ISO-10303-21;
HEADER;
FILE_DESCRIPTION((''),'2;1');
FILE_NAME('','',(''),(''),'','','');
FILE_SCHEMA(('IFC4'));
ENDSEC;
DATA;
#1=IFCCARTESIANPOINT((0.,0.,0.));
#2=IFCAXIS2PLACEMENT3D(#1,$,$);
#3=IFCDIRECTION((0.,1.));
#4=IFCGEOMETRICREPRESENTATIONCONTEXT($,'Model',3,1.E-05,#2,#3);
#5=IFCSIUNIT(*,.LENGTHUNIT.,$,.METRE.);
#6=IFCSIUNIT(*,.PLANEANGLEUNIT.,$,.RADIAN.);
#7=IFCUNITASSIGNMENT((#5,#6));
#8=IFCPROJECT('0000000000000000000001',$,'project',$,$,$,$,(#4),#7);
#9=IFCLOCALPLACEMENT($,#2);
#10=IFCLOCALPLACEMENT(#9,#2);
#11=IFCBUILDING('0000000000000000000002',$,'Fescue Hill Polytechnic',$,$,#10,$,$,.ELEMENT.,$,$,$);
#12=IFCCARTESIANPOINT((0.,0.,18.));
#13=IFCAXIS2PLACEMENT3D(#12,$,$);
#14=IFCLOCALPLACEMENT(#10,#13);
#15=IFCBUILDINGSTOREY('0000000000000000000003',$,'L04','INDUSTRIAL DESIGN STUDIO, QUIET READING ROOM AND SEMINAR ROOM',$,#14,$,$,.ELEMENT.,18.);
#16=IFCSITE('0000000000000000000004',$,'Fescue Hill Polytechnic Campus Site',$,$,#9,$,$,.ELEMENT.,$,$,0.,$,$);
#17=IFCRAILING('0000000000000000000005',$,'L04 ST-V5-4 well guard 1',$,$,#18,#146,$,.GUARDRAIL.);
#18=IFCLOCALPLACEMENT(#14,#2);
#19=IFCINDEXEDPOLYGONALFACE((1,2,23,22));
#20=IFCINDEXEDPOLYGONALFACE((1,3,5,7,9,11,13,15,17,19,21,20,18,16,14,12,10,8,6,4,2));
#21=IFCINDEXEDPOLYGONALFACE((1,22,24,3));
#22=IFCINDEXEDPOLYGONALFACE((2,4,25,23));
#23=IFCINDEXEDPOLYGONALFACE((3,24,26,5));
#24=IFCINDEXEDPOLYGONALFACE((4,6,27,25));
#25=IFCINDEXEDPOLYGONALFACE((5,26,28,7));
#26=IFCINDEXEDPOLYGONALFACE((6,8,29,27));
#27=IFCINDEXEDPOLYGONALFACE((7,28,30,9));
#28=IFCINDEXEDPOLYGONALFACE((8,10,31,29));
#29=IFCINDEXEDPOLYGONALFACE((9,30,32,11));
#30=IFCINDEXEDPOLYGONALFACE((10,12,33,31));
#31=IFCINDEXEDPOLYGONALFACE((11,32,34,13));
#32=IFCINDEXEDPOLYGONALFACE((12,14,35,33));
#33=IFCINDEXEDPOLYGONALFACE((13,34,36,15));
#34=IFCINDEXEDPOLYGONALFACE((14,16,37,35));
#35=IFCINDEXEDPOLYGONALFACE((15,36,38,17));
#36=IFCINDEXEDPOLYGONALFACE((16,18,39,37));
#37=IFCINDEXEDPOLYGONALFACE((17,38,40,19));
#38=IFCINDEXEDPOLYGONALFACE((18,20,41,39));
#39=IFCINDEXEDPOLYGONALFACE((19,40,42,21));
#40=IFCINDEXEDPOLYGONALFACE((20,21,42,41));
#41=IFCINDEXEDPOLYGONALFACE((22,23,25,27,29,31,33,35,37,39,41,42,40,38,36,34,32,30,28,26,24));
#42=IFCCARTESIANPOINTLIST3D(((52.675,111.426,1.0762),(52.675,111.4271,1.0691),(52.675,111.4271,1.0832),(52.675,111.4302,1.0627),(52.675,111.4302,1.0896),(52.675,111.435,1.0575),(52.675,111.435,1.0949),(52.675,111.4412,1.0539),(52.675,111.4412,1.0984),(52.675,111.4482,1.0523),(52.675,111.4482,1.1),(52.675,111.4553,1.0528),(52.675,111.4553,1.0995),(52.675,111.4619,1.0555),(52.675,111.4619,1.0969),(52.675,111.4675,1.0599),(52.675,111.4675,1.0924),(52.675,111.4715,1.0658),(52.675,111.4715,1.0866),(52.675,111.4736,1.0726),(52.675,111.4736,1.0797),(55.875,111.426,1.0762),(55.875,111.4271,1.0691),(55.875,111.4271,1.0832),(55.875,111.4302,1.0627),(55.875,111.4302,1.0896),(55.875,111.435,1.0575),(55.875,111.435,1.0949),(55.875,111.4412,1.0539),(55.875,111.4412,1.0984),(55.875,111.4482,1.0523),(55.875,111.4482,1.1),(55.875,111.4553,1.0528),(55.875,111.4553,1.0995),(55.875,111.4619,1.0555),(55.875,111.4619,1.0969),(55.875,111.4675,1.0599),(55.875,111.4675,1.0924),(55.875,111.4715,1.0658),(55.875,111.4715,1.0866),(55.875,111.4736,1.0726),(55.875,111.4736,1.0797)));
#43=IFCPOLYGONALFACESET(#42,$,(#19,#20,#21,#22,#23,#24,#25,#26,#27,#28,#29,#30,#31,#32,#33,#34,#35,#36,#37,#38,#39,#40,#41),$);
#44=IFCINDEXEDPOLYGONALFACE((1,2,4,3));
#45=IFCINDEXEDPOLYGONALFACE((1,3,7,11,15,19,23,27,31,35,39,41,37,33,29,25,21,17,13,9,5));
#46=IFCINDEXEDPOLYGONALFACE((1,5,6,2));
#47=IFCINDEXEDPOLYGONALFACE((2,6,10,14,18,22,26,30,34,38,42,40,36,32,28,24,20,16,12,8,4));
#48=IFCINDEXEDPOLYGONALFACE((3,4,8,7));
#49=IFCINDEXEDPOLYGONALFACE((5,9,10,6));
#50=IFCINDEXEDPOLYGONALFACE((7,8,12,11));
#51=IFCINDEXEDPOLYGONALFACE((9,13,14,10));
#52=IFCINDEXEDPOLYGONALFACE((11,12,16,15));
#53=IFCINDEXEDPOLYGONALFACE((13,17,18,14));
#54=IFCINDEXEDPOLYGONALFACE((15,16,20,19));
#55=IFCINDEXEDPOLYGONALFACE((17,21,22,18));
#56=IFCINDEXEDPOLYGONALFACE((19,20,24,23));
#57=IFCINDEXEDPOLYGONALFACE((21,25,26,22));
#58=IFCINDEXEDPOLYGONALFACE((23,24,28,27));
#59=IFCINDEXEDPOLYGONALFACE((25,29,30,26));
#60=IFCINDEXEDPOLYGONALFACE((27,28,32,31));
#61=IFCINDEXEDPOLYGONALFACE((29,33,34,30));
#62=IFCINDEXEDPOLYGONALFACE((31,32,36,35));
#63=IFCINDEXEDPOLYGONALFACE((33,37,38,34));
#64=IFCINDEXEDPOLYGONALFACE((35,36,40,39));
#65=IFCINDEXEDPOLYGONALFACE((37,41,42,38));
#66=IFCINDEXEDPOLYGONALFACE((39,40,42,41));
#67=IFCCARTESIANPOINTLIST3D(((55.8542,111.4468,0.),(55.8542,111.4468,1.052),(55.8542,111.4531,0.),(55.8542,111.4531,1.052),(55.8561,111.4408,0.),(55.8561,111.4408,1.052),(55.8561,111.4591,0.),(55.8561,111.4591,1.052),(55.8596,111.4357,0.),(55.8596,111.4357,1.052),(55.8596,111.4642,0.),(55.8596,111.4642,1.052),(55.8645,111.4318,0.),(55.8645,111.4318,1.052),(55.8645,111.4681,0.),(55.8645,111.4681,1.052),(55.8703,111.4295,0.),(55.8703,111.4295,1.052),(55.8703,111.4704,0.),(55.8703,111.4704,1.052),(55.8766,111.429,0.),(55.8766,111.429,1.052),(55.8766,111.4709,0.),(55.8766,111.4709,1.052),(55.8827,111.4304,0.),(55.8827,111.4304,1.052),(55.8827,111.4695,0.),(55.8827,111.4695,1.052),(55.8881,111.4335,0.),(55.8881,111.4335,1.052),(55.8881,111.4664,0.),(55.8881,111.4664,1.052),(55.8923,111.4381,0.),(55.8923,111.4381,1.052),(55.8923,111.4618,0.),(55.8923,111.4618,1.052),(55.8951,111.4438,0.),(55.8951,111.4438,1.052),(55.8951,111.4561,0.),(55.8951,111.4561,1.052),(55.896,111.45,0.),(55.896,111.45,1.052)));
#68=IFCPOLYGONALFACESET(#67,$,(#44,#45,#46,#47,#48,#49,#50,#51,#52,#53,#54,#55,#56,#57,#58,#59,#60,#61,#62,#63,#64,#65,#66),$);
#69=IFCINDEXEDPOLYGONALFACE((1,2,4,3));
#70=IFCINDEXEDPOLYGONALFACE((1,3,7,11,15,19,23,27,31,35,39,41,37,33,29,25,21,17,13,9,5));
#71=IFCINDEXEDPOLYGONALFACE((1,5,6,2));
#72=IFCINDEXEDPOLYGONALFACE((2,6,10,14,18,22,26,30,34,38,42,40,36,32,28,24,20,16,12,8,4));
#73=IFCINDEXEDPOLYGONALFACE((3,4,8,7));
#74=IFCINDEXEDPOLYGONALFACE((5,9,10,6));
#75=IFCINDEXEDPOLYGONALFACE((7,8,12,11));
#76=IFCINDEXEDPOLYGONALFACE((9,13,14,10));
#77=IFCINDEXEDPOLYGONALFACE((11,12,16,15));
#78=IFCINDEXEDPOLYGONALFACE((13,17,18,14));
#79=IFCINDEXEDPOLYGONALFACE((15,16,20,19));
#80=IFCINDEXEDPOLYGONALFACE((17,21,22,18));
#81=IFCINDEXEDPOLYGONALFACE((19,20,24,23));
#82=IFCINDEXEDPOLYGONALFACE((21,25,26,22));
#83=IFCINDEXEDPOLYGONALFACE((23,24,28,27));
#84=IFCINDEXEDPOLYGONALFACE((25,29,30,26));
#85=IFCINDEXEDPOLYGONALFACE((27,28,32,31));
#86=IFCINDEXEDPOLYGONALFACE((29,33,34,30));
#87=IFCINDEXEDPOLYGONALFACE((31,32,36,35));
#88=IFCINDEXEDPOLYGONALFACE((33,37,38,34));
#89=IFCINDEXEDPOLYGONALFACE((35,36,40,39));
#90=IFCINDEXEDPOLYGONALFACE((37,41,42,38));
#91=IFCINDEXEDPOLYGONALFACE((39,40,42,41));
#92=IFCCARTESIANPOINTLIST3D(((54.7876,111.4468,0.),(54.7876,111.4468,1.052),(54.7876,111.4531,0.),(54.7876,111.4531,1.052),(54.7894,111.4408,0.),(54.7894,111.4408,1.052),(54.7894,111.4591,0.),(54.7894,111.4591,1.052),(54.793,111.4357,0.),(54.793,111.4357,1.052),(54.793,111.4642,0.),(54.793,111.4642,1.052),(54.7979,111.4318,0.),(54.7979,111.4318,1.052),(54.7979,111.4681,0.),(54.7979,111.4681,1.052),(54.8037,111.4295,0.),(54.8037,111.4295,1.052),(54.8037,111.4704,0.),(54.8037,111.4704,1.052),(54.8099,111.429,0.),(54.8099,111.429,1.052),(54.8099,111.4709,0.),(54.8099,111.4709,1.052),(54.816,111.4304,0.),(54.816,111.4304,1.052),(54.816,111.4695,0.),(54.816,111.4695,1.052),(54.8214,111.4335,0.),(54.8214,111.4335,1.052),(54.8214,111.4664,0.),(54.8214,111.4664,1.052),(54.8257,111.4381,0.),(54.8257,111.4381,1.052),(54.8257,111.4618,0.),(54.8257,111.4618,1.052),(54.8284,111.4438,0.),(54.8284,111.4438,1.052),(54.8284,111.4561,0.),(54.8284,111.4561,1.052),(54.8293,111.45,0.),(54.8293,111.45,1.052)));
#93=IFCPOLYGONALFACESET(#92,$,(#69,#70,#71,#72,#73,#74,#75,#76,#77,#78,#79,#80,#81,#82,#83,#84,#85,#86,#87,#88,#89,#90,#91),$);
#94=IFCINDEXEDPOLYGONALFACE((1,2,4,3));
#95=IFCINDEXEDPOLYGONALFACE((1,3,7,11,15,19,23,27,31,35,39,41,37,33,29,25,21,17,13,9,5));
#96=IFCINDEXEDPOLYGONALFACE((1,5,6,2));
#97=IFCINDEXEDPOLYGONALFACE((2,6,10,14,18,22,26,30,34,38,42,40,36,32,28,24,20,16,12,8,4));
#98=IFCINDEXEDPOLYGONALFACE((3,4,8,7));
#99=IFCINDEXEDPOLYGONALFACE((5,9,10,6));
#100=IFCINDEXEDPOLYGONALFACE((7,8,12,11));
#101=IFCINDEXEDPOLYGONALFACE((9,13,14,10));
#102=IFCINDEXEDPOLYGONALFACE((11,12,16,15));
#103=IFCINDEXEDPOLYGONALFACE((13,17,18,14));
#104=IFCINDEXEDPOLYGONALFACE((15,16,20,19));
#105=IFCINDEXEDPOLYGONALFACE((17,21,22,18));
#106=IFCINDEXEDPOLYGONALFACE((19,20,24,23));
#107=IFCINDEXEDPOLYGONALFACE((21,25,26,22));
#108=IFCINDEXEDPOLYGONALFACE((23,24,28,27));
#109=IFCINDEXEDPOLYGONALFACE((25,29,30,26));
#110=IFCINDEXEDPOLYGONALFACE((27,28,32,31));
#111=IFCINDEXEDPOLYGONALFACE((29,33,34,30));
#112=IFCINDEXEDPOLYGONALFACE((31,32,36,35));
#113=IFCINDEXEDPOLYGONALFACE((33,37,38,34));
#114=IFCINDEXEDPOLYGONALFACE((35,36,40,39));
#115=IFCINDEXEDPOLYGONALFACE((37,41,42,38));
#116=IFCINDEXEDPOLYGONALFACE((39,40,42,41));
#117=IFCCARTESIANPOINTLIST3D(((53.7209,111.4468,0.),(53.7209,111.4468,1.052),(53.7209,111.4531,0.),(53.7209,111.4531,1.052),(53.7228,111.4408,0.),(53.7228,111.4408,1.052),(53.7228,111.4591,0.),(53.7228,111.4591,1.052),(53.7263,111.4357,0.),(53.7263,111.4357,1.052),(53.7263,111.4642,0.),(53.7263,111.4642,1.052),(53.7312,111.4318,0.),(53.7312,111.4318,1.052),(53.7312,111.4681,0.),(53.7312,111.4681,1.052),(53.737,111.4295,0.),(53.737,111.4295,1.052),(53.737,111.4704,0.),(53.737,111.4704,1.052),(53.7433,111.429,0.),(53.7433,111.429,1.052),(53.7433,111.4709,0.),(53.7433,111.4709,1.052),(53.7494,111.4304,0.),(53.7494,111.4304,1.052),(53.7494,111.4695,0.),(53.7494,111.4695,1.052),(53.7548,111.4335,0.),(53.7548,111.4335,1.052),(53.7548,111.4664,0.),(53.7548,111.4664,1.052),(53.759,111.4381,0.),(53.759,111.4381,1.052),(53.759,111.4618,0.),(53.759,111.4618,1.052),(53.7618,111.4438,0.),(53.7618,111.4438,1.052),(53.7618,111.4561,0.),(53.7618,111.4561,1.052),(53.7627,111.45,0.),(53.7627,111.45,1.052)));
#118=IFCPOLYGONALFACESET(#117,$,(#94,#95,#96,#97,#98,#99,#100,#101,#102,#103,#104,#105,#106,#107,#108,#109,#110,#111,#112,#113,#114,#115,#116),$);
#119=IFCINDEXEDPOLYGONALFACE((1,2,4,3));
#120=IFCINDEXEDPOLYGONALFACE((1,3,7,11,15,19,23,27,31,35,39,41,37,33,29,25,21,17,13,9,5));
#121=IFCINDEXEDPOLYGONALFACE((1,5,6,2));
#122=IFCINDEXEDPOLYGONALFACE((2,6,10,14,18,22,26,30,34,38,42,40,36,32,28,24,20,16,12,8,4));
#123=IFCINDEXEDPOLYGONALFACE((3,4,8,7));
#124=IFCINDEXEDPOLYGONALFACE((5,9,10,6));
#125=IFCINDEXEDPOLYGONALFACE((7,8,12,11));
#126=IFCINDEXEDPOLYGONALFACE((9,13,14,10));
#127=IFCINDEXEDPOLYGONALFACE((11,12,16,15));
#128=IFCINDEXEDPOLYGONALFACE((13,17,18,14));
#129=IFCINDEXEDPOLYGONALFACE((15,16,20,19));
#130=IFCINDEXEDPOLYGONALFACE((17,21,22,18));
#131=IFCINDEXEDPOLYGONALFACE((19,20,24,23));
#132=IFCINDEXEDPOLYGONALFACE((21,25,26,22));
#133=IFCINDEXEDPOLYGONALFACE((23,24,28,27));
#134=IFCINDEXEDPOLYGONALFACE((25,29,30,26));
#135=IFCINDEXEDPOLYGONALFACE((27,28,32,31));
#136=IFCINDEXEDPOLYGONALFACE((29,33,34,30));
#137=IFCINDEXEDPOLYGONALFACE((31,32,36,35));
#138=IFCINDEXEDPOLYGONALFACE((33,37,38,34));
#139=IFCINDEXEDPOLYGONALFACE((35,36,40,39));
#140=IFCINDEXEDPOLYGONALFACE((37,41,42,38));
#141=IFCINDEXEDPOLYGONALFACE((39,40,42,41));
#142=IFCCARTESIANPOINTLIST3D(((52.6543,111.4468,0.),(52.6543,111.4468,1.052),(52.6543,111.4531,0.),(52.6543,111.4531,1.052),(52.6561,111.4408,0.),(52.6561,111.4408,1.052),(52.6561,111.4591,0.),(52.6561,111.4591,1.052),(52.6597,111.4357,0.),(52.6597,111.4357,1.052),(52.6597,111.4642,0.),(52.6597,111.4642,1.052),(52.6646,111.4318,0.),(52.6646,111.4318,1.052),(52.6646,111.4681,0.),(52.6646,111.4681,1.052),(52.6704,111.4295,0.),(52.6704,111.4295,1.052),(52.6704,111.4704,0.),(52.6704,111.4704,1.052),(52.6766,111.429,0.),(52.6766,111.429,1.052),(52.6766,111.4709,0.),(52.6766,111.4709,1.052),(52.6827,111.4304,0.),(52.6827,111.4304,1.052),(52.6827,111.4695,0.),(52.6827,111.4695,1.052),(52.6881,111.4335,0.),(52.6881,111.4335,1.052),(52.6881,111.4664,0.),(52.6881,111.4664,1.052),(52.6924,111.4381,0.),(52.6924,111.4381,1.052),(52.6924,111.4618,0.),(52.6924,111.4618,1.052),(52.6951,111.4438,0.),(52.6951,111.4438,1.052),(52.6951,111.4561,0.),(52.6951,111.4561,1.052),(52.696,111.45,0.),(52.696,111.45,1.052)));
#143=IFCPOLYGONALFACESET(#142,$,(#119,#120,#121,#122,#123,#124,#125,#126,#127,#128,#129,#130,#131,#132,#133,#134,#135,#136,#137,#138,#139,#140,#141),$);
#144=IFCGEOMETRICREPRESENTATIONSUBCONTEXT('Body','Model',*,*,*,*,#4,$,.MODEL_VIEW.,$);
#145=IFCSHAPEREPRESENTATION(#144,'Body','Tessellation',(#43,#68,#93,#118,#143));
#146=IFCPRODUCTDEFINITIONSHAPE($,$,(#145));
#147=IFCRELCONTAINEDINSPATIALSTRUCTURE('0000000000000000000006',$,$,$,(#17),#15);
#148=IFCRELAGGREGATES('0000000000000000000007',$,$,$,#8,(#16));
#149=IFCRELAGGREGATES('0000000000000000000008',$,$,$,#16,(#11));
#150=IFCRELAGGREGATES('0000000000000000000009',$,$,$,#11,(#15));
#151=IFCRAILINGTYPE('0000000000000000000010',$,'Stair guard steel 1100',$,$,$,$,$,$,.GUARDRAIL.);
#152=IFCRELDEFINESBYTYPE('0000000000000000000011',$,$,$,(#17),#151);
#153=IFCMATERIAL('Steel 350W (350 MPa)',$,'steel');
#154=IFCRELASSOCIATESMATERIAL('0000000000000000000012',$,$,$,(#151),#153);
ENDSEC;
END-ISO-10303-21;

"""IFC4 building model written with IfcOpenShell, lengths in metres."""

from ifc_helpers import new_model, si_unit, direction, frame, origin, origin_2d, place, context, subcontext, project, spatial, circle, extrude, material, type_object, element, save


model = new_model("IFC4")

# Units and contexts
model_context = context("Model", 3, precision=1e-05, world=origin(), true_north=direction((0.0, 1.0)))
body_context = subcontext(model_context, "Body", "Model", "MODEL_VIEW")
ifc_project = project(units=[si_unit("LENGTHUNIT", "METRE"), si_unit("PLANEANGLEUNIT", "RADIAN")], contexts=[model_context])

# Site, building, storey
site_placement = place(None, origin())
site = spatial("IfcSite", under=ifc_project, at=site_placement, Name="Fescue Hill Polytechnic Campus Site", CompositionType="ELEMENT", RefElevation=0.0)
building_placement = place(site_placement, origin())
building = spatial("IfcBuilding", under=site, at=building_placement, Name="Fescue Hill Polytechnic", CompositionType="ELEMENT")
storey_placement = place(building_placement, frame((0.0, 0.0, 18.0)))
storey = spatial("IfcBuildingStorey", under=building, at=storey_placement, Name="L04", Description="INDUSTRIAL DESIGN STUDIO, QUIET READING ROOM AND SEMINAR ROOM", CompositionType="ELEMENT", Elevation=18.0)

# Railing
ifc_material_1 = material(Name="Steel 350W (350 MPa)", Category="steel")
railing_type = type_object("IfcRailingType", Name="Stair guard steel 1100", PredefinedType="GUARDRAIL", material=ifc_material_1)
for number, where, name in (
    (1, (55.875, 111.45, 0.0), "L04 ST-V5-4 well guard 1"),
):
    element("IfcRailing", number, at=place(storey_placement, frame(where)), inside=storey, type_object=railing_type, Name=name, PredefinedType="GUARDRAIL", context=body_context, shape_type="SweptSolid", body=[
        extrude(circle(Radius=0.0239, at=origin_2d()), frame((0.0, 0.0, 1.0762), z_axis=(-1.0, 0.0, 0.0), x_axis=(0.0, -1.0, 0.0)), (0.0, 0.0, 1.0), 3.2),
        extrude(circle(Radius=0.021, at=origin_2d()), origin(), (0.0, 0.0, 1.0), 1.052),
        extrude(circle(Radius=0.021, at=origin_2d()), frame((-1.0667, 0.0, 0.0)), (0.0, 0.0, 1.0), 1.052),
        extrude(circle(Radius=0.021, at=origin_2d()), frame((-2.1333, 0.0, 0.0)), (0.0, 0.0, 1.0), 1.052),
        extrude(circle(Radius=0.021, at=origin_2d()), frame((-3.2, 0.0, 0.0)), (0.0, 0.0, 1.0), 1.052),
    ])

save(model, "model.ifc")
